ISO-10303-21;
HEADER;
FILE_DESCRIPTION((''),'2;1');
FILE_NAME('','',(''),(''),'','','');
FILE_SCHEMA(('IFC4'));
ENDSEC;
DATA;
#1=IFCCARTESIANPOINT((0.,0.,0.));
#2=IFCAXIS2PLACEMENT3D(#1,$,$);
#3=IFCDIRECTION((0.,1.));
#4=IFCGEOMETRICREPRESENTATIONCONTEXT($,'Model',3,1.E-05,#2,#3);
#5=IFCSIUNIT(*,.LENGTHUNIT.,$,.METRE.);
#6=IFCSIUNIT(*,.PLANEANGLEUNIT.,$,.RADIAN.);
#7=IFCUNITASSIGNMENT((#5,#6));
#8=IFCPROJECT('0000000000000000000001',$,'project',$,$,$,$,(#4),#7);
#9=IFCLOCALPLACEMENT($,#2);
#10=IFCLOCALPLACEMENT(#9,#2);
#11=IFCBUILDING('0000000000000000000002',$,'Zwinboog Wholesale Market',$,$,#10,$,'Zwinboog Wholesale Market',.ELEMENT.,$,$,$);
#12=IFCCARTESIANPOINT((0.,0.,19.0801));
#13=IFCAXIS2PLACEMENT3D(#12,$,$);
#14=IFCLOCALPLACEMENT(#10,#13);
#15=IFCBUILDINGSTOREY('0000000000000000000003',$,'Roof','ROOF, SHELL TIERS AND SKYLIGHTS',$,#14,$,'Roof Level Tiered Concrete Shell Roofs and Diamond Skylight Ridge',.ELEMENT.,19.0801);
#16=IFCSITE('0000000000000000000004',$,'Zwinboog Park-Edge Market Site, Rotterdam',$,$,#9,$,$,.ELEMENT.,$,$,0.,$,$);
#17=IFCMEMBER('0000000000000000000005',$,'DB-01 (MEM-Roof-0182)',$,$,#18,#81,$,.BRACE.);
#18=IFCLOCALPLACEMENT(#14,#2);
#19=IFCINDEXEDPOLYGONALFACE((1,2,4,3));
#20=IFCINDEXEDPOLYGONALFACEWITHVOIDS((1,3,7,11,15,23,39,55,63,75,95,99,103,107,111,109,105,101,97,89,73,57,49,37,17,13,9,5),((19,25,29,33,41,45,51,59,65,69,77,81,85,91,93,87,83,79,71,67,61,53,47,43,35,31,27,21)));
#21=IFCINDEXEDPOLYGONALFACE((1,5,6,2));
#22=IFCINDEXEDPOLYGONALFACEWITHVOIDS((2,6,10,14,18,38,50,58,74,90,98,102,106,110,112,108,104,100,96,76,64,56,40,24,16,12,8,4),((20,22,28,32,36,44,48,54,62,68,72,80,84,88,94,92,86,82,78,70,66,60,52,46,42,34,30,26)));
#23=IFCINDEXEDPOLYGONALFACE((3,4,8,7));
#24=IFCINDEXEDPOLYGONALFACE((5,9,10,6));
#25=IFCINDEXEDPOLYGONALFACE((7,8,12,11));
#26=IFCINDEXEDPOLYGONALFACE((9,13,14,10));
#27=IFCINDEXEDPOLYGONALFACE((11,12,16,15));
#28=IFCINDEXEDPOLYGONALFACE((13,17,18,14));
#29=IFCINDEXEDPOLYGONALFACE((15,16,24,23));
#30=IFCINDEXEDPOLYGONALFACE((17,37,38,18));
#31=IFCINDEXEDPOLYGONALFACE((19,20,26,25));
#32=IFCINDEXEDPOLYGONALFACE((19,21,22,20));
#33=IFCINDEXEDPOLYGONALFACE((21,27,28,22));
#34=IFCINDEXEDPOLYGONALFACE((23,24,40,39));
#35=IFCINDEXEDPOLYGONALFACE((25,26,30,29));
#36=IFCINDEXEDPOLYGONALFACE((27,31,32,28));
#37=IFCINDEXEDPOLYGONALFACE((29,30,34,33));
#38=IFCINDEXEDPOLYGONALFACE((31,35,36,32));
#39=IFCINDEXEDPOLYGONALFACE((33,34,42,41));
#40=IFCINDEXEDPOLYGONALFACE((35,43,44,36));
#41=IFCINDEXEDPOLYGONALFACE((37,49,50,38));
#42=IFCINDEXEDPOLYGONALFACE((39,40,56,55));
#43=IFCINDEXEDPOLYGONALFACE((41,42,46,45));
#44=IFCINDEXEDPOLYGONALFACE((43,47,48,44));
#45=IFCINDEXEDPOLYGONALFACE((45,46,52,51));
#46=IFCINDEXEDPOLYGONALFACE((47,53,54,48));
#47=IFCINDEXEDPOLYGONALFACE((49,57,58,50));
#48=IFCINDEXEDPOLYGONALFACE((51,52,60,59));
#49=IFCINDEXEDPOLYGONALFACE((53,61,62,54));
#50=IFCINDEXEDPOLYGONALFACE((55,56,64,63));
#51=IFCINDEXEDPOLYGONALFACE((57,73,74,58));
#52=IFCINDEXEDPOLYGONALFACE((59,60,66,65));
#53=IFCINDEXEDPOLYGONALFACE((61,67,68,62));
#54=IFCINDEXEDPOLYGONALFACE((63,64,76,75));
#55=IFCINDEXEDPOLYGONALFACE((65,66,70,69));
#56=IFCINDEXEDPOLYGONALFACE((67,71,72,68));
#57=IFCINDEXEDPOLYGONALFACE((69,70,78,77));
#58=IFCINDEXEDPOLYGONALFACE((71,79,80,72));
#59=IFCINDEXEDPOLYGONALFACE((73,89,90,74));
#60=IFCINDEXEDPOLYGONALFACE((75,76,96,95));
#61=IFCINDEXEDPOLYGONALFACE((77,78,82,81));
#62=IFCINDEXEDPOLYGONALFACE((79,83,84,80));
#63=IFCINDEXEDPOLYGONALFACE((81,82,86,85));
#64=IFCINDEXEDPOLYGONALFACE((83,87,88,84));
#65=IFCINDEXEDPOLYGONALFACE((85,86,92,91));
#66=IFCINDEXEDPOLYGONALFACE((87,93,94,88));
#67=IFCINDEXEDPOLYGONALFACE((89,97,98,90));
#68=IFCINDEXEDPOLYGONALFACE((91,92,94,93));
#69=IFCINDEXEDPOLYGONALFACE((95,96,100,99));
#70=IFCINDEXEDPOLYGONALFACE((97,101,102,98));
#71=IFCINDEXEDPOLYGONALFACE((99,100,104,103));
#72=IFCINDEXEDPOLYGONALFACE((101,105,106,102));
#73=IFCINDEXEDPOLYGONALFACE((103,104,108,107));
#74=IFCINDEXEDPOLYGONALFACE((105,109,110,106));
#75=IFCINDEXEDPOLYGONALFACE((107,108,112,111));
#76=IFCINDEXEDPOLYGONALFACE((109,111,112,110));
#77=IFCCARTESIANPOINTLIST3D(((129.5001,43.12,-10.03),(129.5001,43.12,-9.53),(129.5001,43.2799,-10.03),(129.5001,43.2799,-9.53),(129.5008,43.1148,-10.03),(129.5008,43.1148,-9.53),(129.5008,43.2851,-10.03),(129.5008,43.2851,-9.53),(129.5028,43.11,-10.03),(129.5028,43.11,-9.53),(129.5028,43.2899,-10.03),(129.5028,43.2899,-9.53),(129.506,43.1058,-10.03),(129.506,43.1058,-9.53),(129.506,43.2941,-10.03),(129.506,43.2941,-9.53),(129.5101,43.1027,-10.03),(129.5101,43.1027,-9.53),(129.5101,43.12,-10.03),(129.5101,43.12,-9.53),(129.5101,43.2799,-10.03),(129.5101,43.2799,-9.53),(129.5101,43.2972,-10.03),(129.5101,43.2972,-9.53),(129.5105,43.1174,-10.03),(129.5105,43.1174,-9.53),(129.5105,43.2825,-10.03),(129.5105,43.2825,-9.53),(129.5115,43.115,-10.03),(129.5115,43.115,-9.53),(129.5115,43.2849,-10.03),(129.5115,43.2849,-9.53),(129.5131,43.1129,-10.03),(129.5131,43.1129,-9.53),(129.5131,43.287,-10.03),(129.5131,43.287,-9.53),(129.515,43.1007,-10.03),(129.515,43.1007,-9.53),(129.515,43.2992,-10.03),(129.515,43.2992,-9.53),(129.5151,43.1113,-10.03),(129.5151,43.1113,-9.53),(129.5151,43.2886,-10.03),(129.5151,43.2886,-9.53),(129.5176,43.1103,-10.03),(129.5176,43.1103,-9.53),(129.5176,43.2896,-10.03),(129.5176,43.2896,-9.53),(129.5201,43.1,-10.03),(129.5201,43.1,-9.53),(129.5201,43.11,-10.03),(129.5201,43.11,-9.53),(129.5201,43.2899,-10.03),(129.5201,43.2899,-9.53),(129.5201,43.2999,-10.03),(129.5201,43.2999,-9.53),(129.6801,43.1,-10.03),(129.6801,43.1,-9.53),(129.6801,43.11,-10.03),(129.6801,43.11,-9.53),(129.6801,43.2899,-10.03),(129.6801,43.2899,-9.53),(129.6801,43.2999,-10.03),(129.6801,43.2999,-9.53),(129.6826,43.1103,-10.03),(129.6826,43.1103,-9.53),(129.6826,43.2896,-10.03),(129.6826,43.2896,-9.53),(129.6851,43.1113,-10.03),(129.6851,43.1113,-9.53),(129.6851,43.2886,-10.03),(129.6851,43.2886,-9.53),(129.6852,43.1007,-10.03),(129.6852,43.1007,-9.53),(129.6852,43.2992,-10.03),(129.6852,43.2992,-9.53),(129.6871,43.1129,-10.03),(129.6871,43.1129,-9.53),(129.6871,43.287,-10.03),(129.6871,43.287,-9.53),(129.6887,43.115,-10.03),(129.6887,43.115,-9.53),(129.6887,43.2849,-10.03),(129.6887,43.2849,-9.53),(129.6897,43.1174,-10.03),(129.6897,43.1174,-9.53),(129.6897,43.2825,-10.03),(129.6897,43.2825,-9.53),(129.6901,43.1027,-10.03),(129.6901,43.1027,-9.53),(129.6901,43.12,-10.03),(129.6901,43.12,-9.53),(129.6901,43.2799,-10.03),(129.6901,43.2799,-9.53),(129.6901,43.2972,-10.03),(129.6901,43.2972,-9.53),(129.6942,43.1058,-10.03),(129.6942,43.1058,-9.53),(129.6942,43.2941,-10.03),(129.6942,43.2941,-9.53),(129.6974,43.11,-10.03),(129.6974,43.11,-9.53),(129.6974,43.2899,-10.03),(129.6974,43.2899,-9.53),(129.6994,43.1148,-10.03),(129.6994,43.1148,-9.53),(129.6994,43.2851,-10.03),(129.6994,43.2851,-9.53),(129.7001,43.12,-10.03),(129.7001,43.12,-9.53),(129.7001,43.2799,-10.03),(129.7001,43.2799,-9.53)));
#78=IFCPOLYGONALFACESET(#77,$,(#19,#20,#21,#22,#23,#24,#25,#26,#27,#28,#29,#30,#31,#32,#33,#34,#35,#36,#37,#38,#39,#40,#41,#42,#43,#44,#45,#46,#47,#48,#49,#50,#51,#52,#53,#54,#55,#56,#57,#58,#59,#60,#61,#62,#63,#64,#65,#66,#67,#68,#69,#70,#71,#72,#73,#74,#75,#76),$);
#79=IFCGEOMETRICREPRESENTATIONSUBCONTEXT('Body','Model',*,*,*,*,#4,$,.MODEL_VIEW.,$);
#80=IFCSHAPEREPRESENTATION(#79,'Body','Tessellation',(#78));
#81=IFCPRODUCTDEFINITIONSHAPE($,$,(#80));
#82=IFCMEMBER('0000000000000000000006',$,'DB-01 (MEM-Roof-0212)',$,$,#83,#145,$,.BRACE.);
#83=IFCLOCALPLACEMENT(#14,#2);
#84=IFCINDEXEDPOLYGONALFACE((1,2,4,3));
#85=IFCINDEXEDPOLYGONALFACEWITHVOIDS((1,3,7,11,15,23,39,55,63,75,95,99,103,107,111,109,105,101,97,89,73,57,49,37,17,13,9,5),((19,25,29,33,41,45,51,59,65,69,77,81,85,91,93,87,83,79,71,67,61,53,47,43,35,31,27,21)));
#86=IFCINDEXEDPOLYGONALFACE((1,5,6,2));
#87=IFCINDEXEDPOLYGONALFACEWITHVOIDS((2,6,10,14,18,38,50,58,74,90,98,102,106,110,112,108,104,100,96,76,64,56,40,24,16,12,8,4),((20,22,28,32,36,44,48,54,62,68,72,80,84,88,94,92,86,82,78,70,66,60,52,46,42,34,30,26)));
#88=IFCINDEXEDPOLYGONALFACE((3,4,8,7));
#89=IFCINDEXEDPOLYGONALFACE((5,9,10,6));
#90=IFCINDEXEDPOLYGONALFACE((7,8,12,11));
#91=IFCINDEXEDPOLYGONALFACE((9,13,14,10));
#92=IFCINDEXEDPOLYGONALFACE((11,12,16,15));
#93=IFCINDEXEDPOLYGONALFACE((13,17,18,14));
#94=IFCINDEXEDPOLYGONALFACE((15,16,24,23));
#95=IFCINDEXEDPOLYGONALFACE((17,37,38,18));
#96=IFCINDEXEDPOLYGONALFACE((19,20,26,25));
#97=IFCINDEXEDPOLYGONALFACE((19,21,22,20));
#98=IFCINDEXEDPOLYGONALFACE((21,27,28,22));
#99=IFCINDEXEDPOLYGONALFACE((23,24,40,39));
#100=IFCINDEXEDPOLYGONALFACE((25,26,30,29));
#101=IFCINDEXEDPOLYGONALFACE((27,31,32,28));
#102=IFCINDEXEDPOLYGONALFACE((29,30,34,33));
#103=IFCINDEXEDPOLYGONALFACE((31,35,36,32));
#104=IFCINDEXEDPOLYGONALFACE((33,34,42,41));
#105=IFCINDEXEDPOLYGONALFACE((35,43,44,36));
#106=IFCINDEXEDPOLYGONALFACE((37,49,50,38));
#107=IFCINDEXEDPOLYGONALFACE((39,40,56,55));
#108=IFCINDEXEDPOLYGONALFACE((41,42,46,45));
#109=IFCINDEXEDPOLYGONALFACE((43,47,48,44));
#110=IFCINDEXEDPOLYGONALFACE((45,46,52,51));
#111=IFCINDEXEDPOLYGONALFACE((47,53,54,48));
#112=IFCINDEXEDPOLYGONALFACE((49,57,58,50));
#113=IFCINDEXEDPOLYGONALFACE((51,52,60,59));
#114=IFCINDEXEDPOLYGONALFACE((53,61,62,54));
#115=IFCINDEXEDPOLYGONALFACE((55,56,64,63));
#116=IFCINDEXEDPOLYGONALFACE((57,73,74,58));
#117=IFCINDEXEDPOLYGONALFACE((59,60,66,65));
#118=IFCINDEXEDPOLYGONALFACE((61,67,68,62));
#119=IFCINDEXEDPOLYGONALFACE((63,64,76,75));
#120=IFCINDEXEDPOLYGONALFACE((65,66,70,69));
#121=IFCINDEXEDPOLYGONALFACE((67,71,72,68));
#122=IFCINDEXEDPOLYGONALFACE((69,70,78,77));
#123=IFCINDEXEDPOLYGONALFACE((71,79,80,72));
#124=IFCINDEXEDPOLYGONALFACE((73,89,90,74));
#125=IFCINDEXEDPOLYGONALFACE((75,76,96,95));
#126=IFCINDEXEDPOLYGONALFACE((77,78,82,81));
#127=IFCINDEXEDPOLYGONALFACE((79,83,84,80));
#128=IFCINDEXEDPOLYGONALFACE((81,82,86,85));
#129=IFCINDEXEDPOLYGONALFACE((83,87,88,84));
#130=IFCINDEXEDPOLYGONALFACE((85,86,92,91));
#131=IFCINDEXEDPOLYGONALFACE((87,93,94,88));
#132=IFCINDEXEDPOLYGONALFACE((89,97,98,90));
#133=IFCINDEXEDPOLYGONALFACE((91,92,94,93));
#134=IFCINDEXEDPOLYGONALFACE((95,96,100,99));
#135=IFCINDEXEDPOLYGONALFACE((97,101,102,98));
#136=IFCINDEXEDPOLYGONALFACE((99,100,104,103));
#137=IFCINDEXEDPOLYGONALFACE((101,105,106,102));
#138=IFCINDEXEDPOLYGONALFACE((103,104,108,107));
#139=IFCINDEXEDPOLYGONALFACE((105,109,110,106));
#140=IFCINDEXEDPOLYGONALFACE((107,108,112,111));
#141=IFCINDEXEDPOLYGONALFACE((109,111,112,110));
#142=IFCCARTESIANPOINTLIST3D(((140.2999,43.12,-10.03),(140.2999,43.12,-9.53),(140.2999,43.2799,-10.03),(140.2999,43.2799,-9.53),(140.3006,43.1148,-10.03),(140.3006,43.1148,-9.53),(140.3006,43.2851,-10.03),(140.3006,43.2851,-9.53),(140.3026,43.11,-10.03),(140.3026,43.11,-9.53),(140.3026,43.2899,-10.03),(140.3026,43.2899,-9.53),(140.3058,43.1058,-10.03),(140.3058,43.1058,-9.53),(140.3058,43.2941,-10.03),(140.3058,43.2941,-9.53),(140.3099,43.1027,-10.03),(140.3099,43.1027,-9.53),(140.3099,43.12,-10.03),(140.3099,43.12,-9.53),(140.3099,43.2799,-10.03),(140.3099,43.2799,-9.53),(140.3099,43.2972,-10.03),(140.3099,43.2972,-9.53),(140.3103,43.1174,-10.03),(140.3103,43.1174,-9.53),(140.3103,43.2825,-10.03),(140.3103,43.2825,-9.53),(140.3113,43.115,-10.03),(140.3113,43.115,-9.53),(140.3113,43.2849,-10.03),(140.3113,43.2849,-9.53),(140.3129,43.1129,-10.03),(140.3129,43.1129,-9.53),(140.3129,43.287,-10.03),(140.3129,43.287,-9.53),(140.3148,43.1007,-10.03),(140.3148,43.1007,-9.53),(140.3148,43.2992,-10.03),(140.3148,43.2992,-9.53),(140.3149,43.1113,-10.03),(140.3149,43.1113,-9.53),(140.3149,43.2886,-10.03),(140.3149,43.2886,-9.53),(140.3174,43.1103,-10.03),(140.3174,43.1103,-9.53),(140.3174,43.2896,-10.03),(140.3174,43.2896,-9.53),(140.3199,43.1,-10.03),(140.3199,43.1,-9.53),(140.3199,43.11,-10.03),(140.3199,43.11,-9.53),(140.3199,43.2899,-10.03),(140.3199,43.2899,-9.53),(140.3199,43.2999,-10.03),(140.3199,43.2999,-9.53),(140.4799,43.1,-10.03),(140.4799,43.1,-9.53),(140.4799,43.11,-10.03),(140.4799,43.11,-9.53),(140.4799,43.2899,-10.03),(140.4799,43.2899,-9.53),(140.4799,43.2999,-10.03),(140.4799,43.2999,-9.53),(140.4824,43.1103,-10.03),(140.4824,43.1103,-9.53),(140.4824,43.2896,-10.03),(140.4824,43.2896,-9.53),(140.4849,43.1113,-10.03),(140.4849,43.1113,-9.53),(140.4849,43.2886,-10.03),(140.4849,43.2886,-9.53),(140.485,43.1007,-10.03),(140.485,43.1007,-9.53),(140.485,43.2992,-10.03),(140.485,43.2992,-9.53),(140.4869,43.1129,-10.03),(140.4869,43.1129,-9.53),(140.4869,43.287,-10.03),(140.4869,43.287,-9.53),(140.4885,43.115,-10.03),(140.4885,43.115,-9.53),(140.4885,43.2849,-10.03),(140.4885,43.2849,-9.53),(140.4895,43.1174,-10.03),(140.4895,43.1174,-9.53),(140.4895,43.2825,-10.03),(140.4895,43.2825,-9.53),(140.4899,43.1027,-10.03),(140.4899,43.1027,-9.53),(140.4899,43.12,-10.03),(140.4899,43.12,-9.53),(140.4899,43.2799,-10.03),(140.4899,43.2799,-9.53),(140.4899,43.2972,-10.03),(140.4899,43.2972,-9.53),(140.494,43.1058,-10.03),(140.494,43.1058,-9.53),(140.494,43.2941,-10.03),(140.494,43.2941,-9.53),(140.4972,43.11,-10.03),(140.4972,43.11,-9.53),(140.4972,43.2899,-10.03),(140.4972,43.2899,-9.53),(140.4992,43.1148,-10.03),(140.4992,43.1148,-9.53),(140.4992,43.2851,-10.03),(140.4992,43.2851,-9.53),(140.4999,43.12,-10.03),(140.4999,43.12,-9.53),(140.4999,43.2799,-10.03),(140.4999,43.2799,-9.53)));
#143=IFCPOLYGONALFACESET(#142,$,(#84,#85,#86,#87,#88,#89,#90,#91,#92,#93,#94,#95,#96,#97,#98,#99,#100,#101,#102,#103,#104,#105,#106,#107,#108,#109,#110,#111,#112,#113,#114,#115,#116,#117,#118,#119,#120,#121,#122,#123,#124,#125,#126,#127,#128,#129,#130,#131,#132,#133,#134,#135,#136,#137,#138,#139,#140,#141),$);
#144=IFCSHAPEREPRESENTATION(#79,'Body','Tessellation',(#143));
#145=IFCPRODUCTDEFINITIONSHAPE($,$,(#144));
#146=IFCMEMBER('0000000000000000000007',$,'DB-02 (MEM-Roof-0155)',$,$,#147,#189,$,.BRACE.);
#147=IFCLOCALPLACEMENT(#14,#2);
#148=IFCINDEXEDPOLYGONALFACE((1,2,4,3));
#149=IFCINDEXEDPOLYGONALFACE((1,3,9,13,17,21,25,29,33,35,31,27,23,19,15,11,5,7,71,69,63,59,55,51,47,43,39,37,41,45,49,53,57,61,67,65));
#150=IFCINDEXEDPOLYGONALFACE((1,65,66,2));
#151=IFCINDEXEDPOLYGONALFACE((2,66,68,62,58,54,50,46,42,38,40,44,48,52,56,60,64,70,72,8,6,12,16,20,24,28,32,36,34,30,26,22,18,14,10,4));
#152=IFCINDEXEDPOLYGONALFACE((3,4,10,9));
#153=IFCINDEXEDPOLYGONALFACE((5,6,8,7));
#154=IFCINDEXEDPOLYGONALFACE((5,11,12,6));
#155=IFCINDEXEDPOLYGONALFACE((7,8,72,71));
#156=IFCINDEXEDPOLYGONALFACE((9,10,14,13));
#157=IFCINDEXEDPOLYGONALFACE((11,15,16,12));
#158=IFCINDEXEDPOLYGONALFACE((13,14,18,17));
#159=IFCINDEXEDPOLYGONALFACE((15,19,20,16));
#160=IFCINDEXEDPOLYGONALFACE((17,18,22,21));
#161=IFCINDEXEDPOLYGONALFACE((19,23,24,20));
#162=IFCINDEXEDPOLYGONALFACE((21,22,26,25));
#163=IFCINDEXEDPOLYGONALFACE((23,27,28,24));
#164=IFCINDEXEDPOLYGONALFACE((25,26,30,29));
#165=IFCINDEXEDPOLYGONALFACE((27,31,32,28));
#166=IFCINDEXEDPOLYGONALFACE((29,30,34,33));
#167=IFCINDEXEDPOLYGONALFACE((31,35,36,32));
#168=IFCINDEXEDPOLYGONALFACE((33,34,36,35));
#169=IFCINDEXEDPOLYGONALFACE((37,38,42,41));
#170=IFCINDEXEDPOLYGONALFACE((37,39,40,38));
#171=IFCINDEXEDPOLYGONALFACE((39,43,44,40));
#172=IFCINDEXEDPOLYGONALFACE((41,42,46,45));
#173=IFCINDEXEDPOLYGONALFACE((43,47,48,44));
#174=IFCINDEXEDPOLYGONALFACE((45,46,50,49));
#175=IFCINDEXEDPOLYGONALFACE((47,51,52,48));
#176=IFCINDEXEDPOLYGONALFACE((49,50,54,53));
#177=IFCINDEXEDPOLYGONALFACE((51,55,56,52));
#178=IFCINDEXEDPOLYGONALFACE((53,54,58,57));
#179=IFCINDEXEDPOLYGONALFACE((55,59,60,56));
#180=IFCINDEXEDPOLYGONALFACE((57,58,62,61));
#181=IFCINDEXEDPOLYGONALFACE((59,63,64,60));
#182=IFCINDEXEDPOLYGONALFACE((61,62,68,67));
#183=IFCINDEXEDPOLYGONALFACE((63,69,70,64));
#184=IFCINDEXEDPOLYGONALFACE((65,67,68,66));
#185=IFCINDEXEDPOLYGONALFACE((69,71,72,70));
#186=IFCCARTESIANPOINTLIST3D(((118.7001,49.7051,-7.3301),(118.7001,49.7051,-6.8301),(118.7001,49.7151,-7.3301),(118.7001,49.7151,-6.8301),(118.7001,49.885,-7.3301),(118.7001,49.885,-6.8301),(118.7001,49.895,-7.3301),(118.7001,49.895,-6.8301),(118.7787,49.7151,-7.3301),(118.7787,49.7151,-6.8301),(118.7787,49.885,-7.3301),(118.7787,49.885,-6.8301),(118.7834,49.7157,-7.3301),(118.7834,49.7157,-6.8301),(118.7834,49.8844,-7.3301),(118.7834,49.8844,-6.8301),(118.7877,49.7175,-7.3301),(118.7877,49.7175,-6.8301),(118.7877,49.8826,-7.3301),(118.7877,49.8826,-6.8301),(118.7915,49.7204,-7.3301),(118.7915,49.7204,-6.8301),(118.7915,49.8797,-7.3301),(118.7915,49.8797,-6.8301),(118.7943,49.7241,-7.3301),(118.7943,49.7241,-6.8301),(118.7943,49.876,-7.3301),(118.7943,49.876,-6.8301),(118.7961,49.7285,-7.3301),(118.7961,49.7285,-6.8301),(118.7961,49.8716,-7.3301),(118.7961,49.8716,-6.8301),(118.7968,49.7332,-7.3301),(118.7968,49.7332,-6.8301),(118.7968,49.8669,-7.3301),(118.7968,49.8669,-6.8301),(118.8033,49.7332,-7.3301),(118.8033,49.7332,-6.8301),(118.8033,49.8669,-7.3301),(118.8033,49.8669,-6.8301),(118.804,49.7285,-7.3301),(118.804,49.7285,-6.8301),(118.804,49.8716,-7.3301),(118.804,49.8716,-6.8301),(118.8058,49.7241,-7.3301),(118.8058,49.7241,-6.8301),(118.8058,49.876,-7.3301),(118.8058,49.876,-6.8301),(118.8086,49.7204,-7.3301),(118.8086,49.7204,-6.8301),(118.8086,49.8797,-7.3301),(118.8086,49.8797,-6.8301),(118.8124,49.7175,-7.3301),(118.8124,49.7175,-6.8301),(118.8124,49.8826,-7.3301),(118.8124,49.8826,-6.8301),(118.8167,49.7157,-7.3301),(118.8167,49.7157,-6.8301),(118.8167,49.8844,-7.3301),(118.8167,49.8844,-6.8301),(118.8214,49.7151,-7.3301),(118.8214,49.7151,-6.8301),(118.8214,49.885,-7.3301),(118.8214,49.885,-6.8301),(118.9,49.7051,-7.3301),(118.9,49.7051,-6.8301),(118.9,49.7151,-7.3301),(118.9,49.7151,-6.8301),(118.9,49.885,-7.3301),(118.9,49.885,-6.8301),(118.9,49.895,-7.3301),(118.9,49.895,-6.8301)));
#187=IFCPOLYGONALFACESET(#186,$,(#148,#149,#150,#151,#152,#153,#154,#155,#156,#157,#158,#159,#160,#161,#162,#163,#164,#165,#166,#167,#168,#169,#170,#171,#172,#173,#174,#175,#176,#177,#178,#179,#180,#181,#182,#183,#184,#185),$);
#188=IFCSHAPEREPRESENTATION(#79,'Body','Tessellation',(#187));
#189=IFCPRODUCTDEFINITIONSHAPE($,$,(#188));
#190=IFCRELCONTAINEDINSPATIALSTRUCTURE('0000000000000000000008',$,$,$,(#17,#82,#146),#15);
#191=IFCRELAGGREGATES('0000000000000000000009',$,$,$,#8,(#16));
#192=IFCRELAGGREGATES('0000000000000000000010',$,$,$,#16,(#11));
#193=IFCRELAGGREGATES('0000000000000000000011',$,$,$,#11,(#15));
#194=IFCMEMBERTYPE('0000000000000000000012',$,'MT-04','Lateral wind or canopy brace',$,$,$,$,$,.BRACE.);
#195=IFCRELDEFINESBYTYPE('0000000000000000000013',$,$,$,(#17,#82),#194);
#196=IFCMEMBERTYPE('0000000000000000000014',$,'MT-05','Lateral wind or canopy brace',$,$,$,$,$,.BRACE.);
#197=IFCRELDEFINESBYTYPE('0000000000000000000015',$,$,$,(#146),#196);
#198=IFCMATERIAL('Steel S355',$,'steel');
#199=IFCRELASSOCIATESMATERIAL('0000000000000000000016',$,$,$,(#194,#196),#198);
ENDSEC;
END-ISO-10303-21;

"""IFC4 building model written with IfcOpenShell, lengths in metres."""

from ifc_helpers import new_model, si_unit, direction, frame, origin, origin_2d, place, context, subcontext, project, spatial, hollow_rectangle, i_section, extrude, material, material_profile, profile_set, type_object, element, save


model = new_model("IFC4")

# Units and contexts
model_context = context("Model", 3, precision=1e-05, world=origin(), true_north=direction((0.0, 1.0)))
body_context = subcontext(model_context, "Body", "Model", "MODEL_VIEW")
ifc_project = project(units=[si_unit("LENGTHUNIT", "METRE"), si_unit("PLANEANGLEUNIT", "RADIAN")], contexts=[model_context])

# Site, building, storey
site_placement = place(None, origin())
site = spatial("IfcSite", under=ifc_project, at=site_placement, Name="Zwinboog Park-Edge Market Site, Rotterdam", CompositionType="ELEMENT", RefElevation=0.0)
building_placement = place(site_placement, origin())
building = spatial("IfcBuilding", under=site, at=building_placement, Name="Zwinboog Wholesale Market", LongName="Zwinboog Wholesale Market", CompositionType="ELEMENT")
storey_placement = place(building_placement, frame((0.0, 0.0, 19.0801)))
storey = spatial("IfcBuildingStorey", under=building, at=storey_placement, Name="Roof", Description="ROOF, SHELL TIERS AND SKYLIGHTS", LongName="Roof Level Tiered Concrete Shell Roofs and Diamond Skylight Ridge", CompositionType="ELEMENT", Elevation=19.0801)

# Members
ifc_material_1 = material(Name="Steel S355", Category="steel")
ifc_material_profile_1 = material_profile(ifc_material_1, hollow_rectangle(XDim=0.2, YDim=0.2, WallThickness=0.01, InnerFilletRadius=0.01, OuterFilletRadius=0.02, at=origin_2d()), Name="SHS 200x200x10")
ifc_profile_set_1 = profile_set([ifc_material_profile_1], Name="Steel S355")
member_type_1 = type_object("IfcMemberType", Name="MT-04", Description="Lateral wind or canopy brace", PredefinedType="BRACE", material=ifc_profile_set_1)
for number, where, z_axis, x_axis, name in (
    (1, (129.6001, 43.2, -10.03), (0.0, 0.0, 1.0), (1.0, 0.0, 0.0), "DB-01 (MEM-Roof-0182)"),
    (2, (140.3999, 43.2, -10.03), (0.0, 0.0, 1.0), (1.0, 0.0, 0.0), "DB-01 (MEM-Roof-0212)"),
):
    element("IfcMember", number, at=place(storey_placement, frame(where, z_axis=z_axis, x_axis=x_axis)), inside=storey, type_object=member_type_1, Name=name, PredefinedType="BRACE", context=body_context, shape_type="SweptSolid", body=[
        extrude(hollow_rectangle(XDim=0.2, YDim=0.2, WallThickness=0.01, InnerFilletRadius=0.01, OuterFilletRadius=0.02, at=origin_2d()), origin(), (0.0, 0.0, 1.0), 0.5),
    ])
ifc_material_profile_2 = material_profile(ifc_material_1, i_section(OverallWidth=0.2, OverallDepth=0.1899, WebThickness=0.0066, FlangeThickness=0.01, FilletRadius=0.0181, at=origin_2d()), Name="HEA 200")
ifc_profile_set_2 = profile_set([ifc_material_profile_2], Name="Steel S355")
member_type_2 = type_object("IfcMemberType", Name="MT-05", Description="Lateral wind or canopy brace", PredefinedType="BRACE", material=ifc_profile_set_2)
member_1_placement = place(storey_placement, frame((118.8, 49.8, -7.3301), z_axis=(0.0, 0.0, 1.0), x_axis=(1.0, 0.0, 0.0)))
element("IfcMember", 3, at=member_1_placement, inside=storey, type_object=member_type_2, Name="DB-02 (MEM-Roof-0155)", PredefinedType="BRACE", context=body_context, shape_type="SweptSolid", body=[
    extrude(i_section(OverallWidth=0.2, OverallDepth=0.1899, WebThickness=0.0066, FlangeThickness=0.01, FilletRadius=0.0181, at=origin_2d()), origin(), (0.0, 0.0, 1.0), 0.5),
])

save(model, "model.ifc")
